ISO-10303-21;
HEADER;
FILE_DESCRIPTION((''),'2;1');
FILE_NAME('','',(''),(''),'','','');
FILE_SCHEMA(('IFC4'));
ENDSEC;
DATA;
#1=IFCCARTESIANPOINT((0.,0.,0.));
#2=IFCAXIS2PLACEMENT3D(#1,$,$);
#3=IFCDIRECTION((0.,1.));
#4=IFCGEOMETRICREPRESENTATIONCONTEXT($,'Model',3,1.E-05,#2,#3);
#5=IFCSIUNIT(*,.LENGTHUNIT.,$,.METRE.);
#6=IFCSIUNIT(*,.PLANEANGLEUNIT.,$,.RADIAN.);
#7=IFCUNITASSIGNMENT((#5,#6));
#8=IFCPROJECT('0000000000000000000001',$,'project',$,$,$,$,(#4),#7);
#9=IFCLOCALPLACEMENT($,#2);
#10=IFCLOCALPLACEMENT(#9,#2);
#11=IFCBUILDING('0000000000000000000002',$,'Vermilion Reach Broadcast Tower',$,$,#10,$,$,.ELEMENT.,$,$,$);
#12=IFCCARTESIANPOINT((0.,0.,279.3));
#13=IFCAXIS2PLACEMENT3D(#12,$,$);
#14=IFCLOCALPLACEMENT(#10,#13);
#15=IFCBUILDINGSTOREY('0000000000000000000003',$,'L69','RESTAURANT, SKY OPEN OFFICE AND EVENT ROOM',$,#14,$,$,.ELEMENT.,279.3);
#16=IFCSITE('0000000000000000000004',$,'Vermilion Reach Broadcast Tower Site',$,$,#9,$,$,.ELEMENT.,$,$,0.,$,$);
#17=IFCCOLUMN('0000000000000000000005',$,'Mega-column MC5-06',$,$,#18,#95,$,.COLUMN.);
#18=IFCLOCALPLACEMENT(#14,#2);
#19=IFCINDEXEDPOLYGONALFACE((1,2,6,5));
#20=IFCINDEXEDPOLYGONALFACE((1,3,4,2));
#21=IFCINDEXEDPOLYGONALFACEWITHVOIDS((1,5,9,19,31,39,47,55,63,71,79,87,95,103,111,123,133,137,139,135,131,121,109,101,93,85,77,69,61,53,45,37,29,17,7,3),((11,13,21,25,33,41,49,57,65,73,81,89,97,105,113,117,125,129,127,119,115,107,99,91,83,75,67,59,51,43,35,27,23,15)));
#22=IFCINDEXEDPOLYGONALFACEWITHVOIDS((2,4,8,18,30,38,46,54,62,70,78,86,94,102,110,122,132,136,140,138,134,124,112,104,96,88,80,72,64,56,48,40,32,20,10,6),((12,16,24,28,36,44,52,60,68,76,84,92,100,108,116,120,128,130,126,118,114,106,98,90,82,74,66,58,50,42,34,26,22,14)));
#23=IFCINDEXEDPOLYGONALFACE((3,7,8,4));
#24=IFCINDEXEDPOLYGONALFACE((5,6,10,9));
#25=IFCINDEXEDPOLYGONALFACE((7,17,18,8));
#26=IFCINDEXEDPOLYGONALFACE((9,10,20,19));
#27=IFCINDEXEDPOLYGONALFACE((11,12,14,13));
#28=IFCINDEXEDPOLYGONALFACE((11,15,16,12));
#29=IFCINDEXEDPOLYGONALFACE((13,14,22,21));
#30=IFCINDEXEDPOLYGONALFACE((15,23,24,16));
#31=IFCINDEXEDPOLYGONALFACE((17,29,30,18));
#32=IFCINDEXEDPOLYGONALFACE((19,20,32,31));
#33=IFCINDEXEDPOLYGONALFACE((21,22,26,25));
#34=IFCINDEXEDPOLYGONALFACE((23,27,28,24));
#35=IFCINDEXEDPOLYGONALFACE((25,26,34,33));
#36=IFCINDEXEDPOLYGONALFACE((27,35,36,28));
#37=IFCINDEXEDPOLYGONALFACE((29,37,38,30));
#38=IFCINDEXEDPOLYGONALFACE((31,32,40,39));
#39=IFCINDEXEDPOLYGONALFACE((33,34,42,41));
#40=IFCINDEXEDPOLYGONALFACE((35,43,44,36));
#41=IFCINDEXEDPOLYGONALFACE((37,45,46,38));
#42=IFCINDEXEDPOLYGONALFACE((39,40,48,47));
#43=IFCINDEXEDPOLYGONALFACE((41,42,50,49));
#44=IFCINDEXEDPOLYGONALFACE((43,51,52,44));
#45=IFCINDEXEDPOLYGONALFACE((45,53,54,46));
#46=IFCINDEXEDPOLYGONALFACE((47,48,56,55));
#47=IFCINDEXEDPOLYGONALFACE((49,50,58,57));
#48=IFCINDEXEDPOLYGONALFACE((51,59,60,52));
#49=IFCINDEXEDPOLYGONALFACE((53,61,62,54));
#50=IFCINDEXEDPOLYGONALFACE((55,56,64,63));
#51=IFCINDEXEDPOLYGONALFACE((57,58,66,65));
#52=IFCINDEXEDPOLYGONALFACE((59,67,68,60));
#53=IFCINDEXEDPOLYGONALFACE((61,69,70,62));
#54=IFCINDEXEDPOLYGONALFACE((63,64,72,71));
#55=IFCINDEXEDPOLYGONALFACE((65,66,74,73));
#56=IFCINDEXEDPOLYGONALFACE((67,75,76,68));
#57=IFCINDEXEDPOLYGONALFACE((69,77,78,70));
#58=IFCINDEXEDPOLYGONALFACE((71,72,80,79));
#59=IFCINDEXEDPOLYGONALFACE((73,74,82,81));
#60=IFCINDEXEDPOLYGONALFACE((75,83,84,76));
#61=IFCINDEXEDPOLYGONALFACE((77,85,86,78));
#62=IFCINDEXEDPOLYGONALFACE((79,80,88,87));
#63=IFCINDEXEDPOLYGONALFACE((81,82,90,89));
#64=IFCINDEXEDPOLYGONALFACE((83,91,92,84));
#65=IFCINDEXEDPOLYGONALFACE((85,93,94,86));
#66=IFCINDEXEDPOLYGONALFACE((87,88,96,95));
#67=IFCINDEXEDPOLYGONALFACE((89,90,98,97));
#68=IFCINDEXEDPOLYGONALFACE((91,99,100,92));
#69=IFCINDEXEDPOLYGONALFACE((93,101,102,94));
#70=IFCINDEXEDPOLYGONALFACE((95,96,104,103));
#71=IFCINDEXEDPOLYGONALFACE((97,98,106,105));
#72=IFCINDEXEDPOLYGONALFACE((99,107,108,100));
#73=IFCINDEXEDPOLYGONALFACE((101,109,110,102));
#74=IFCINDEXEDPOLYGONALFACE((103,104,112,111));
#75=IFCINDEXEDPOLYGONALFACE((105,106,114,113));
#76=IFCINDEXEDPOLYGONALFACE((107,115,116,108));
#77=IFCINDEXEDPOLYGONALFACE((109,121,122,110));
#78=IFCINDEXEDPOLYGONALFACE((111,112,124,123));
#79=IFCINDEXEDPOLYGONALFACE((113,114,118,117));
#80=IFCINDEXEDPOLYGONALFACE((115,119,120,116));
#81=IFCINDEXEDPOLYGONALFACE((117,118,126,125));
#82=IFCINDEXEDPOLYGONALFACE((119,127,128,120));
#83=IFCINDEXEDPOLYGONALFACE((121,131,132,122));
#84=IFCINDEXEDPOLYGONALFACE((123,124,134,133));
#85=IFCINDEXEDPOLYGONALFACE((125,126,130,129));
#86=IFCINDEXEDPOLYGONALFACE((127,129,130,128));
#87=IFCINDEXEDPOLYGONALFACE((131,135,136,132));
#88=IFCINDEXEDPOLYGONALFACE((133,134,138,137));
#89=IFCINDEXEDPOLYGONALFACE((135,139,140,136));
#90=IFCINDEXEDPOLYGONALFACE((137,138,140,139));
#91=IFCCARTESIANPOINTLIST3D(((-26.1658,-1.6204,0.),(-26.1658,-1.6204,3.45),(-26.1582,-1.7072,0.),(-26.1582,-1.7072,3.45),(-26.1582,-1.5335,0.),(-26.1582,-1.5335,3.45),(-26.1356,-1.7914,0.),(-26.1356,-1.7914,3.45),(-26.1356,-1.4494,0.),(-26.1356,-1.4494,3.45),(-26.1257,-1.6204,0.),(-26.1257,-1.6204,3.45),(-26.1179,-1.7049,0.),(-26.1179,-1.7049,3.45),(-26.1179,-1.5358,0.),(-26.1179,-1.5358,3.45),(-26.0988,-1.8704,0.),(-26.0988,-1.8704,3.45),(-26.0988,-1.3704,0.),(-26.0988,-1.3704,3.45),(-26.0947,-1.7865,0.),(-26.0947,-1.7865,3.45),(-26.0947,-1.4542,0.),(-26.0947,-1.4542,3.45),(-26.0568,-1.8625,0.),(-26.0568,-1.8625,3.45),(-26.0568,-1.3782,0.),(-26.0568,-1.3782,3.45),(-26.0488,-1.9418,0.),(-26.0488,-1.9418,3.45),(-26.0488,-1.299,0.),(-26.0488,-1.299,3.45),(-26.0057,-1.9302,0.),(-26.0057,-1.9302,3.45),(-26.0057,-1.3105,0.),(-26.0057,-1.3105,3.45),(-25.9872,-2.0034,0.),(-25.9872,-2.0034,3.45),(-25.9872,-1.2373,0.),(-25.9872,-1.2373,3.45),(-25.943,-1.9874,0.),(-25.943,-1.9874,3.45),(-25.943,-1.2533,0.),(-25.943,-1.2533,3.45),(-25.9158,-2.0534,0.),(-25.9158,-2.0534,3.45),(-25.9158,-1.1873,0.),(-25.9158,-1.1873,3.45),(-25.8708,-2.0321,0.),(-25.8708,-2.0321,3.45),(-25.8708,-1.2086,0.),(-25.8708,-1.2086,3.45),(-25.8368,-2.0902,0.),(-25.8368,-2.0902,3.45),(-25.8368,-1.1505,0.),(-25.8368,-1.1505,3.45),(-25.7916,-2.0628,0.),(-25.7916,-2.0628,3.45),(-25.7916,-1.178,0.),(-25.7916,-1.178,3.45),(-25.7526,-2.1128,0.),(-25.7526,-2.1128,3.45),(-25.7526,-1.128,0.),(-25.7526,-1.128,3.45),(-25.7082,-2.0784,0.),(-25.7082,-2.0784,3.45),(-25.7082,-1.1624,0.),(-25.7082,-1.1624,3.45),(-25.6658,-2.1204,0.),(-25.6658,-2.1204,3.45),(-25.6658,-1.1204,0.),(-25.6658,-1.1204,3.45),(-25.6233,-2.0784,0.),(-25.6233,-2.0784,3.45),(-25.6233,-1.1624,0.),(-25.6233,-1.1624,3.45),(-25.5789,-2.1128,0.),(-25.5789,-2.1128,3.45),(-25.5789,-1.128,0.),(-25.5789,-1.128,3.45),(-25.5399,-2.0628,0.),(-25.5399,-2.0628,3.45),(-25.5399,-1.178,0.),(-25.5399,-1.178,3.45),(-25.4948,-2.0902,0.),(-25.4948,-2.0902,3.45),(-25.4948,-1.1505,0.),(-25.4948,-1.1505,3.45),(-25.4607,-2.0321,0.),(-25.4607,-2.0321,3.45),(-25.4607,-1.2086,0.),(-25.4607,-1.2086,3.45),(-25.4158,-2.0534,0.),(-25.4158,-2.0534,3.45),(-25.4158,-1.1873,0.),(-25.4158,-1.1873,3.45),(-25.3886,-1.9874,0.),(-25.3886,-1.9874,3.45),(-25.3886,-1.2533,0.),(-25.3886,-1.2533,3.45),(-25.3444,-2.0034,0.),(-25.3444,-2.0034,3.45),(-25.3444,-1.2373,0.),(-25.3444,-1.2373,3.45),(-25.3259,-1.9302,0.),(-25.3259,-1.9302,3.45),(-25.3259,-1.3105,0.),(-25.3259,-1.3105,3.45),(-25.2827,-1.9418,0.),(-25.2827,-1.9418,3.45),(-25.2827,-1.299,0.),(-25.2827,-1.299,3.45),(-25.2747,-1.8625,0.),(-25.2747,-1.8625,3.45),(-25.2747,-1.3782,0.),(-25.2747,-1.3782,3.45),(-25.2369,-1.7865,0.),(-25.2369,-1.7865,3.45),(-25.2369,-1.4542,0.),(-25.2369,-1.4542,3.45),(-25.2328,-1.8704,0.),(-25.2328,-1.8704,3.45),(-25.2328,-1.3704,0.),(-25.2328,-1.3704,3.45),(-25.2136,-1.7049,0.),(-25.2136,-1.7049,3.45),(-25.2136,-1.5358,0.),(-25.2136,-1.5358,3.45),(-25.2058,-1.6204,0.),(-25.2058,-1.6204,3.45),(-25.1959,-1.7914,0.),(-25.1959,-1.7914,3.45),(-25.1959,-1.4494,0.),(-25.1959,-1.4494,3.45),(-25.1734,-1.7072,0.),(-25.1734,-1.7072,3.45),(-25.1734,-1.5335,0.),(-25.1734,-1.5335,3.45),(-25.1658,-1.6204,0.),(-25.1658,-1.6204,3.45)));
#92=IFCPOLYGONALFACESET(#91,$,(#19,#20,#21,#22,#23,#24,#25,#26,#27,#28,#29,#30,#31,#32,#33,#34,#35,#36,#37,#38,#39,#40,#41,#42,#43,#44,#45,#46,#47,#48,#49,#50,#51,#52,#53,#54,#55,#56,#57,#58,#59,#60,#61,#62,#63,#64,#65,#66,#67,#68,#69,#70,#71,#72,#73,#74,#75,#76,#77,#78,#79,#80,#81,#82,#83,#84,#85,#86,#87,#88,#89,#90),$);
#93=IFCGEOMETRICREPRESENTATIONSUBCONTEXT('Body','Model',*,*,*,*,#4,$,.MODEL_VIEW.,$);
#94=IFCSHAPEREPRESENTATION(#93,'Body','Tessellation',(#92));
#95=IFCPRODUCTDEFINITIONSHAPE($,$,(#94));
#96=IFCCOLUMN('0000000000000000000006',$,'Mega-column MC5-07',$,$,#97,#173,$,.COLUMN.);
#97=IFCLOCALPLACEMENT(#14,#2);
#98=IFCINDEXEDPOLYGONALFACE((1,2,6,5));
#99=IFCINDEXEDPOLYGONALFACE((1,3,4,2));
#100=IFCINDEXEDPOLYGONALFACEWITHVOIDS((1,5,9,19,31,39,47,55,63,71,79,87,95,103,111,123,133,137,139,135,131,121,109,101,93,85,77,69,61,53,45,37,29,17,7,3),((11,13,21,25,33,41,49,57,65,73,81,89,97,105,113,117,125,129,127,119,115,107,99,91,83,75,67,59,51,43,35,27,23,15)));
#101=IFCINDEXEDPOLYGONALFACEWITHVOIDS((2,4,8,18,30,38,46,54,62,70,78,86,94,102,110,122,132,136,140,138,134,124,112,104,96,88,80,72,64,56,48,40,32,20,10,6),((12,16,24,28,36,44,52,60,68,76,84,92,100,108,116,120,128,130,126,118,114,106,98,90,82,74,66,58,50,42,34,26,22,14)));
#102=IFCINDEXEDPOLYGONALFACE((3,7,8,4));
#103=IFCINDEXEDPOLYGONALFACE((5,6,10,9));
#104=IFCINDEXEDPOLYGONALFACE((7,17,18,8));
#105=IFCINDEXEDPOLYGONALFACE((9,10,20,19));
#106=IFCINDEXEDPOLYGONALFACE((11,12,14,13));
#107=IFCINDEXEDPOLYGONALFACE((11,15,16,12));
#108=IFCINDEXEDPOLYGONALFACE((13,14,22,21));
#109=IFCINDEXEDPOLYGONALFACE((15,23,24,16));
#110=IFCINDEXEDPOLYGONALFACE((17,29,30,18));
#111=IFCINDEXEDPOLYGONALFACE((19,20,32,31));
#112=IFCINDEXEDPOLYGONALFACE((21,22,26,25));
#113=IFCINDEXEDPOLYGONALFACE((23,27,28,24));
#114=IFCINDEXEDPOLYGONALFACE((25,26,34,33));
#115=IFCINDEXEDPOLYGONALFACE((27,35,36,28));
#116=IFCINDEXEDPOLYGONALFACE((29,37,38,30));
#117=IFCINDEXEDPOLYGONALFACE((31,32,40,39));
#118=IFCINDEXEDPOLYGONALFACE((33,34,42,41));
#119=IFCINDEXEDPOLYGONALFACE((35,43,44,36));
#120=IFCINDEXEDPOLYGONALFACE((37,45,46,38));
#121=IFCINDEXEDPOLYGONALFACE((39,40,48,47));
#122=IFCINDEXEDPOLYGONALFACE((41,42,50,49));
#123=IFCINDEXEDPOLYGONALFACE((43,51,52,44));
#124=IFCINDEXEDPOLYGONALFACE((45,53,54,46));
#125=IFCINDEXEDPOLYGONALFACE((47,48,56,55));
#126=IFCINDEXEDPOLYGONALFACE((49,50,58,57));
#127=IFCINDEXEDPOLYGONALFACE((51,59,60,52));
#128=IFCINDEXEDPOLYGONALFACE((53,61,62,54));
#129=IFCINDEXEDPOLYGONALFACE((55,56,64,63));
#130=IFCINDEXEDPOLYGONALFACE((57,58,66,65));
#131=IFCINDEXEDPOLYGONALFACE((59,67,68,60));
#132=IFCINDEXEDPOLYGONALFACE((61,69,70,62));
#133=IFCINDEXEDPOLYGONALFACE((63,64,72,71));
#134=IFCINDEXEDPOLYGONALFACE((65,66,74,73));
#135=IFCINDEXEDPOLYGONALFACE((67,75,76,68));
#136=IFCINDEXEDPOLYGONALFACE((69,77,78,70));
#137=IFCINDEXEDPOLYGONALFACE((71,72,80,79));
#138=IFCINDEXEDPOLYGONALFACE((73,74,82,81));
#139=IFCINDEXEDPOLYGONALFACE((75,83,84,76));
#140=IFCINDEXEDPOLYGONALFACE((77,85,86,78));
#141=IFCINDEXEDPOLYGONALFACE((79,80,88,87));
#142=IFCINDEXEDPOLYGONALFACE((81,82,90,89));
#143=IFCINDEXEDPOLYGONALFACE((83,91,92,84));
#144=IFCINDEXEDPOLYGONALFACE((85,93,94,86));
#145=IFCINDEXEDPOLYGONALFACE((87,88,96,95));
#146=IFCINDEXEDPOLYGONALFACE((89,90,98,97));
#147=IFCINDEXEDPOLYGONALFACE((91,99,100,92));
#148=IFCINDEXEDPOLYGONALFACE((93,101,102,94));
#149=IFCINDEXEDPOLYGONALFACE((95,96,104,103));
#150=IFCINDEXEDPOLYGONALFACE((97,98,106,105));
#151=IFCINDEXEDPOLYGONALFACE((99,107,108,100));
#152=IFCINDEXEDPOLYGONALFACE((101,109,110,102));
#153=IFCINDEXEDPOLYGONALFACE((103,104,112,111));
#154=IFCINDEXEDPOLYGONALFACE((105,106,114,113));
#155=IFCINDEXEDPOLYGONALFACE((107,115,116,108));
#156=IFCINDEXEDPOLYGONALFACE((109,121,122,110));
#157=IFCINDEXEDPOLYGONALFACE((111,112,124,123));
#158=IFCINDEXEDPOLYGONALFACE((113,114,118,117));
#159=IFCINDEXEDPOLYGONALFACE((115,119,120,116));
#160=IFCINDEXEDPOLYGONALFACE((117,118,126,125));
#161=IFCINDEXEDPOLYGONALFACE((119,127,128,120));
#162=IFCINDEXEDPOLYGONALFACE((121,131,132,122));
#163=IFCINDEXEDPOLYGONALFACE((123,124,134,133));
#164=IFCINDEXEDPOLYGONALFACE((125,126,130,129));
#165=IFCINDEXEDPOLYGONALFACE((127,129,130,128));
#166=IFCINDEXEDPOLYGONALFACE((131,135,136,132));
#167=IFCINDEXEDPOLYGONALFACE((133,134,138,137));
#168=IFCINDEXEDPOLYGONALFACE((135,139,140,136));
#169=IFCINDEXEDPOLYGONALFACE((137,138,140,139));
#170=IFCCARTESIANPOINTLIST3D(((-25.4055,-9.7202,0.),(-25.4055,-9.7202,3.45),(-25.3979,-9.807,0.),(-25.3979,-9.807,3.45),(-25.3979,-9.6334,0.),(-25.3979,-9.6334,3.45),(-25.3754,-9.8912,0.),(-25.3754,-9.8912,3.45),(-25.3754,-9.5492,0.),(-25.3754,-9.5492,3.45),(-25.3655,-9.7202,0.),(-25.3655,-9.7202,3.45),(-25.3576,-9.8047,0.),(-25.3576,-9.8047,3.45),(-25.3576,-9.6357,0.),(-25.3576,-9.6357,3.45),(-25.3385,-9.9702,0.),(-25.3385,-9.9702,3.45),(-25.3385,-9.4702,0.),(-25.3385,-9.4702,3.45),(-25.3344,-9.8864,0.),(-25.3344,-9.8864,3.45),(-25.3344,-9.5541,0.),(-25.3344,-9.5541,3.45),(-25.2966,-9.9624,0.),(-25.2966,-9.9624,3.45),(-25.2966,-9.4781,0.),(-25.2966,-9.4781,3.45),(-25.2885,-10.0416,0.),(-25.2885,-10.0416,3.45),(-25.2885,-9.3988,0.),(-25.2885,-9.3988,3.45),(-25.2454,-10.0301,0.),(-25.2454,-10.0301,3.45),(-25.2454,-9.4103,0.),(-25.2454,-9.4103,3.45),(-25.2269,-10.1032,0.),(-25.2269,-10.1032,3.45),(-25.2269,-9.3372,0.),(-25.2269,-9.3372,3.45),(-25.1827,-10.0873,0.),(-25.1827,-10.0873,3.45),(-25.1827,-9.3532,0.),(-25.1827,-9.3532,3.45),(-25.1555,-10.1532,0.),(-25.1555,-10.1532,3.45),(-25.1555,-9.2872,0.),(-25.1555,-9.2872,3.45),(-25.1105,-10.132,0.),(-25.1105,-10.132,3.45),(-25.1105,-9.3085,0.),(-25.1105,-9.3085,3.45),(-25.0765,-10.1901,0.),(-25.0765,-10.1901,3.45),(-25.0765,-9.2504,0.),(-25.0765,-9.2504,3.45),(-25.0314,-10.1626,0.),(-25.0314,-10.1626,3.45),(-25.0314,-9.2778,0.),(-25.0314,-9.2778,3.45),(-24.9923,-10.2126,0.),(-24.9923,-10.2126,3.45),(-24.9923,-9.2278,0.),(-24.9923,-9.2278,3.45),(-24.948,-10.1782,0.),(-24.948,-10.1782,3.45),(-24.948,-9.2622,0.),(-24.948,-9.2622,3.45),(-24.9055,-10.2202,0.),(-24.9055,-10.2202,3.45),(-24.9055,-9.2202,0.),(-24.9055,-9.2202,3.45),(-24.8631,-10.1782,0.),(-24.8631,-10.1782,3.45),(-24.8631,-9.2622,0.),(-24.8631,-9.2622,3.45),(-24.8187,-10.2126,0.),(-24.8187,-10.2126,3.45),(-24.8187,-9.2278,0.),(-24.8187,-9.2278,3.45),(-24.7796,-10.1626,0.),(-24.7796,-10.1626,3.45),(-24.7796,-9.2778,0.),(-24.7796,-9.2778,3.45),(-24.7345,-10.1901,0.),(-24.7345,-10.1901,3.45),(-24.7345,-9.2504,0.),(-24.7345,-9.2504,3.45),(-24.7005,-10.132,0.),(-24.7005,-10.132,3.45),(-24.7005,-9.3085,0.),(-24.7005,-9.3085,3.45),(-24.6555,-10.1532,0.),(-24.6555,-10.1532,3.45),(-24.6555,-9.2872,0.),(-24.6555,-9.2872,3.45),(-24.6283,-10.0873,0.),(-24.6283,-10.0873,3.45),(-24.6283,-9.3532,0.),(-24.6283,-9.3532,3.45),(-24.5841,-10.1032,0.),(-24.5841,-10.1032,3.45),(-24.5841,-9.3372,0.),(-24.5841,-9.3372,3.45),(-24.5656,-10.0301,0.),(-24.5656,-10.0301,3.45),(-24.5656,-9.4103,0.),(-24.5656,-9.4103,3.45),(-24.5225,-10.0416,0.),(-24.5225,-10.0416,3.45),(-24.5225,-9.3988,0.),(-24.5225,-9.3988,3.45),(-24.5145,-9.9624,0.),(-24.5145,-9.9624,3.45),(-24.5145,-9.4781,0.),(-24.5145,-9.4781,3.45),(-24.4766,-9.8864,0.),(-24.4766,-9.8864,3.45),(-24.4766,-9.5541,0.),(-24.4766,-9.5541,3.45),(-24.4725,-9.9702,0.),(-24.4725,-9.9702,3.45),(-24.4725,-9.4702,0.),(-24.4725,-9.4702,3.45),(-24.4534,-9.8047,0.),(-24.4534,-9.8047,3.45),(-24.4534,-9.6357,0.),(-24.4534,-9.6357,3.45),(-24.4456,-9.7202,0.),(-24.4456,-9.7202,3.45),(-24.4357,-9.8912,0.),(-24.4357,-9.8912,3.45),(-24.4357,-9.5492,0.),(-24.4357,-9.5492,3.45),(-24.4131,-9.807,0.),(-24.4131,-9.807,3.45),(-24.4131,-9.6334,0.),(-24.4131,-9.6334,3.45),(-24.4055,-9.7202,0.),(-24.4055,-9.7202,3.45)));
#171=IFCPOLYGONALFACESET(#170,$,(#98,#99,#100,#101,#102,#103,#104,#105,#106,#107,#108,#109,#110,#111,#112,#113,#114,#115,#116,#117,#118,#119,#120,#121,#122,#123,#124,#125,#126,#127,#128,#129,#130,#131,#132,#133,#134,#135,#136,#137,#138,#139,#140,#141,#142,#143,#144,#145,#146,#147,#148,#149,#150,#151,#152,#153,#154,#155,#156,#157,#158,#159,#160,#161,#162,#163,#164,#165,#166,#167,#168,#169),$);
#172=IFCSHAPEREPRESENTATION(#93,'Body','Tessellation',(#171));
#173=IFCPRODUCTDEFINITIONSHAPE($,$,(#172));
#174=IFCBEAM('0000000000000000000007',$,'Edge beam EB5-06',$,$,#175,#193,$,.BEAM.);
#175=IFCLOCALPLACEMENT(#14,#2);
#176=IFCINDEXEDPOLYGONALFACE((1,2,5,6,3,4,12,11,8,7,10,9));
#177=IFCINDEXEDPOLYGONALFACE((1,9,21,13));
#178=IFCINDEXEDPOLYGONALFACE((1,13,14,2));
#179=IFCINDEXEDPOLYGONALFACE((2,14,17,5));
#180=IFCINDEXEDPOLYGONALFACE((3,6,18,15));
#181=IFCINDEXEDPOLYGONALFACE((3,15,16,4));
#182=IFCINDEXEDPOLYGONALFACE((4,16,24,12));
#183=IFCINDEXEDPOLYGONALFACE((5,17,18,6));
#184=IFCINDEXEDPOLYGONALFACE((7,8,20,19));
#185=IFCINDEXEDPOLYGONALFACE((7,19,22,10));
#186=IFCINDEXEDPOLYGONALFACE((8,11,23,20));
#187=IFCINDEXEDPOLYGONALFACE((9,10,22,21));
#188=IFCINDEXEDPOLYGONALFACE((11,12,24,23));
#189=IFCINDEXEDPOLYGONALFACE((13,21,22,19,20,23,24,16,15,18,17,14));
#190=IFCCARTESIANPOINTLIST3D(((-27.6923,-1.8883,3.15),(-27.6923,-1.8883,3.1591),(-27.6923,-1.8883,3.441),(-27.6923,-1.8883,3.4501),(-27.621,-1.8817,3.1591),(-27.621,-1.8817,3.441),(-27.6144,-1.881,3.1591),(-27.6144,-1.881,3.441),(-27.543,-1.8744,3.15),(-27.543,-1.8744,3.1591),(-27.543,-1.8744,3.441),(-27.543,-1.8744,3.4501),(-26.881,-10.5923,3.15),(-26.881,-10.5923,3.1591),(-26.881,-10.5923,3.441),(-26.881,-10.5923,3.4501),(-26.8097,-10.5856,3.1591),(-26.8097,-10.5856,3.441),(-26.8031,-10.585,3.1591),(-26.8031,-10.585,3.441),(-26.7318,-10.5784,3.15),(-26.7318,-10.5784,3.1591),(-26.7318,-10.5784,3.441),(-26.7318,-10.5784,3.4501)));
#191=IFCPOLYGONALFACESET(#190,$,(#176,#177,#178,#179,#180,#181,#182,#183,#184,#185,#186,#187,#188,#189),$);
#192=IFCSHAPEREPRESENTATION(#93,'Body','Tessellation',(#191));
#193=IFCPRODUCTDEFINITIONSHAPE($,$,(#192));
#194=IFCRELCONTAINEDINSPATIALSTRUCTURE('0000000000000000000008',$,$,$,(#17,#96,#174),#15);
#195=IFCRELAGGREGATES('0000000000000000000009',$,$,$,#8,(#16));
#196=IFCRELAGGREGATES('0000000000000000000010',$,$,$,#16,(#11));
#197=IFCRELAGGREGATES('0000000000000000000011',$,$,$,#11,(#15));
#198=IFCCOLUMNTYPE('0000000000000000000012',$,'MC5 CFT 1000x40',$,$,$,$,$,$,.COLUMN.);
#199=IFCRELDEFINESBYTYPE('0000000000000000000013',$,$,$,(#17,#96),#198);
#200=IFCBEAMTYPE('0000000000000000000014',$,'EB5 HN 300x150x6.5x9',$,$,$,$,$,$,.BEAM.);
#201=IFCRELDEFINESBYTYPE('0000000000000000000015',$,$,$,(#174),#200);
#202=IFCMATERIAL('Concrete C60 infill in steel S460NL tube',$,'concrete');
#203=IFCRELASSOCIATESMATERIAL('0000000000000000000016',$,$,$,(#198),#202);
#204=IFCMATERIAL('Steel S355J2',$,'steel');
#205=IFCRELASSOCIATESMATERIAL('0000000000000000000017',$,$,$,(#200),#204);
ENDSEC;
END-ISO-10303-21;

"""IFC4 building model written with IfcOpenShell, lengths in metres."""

from ifc_helpers import new_model, si_unit, direction, frame, origin, origin_2d, place, context, subcontext, project, spatial, hollow_circle, i_section, extrude, material, material_profile, profile_set, type_object, element, save


model = new_model("IFC4")

# Units and contexts
model_context = context("Model", 3, precision=1e-05, world=origin(), true_north=direction((0.0, 1.0)))
body_context = subcontext(model_context, "Body", "Model", "MODEL_VIEW")
ifc_project = project(units=[si_unit("LENGTHUNIT", "METRE"), si_unit("PLANEANGLEUNIT", "RADIAN")], contexts=[model_context])

# Site, building, storey
site_placement = place(None, origin())
site = spatial("IfcSite", under=ifc_project, at=site_placement, Name="Vermilion Reach Broadcast Tower Site", CompositionType="ELEMENT", RefElevation=0.0)
building_placement = place(site_placement, origin())
building = spatial("IfcBuilding", under=site, at=building_placement, Name="Vermilion Reach Broadcast Tower", CompositionType="ELEMENT")
storey_placement = place(building_placement, frame((0.0, 0.0, 279.3)))
storey = spatial("IfcBuildingStorey", under=building, at=storey_placement, Name="L69", Description="RESTAURANT, SKY OPEN OFFICE AND EVENT ROOM", CompositionType="ELEMENT", Elevation=279.3)

# Columns
ifc_material_1 = material(Name="Concrete C60 infill in steel S460NL tube", Category="concrete")
ifc_material_profile_1 = material_profile(ifc_material_1, hollow_circle(Radius=0.5, WallThickness=0.04, at=origin_2d()), Name="Concrete C60 infill in steel S460NL tube CFT 1000x40")
ifc_profile_set_1 = profile_set([ifc_material_profile_1], Name="Concrete C60 infill in steel S460NL tube")
column_type = type_object("IfcColumnType", Name="MC5 CFT 1000x40", PredefinedType="COLUMN", material=ifc_profile_set_1)
for number, where, z_axis, x_axis, name in (
    (1, (-25.6658, -1.6204, 0.0), (0.0, 0.0, 1.0), (1.0, 0.0, 0.0), "Mega-column MC5-06"),
    (2, (-24.9055, -9.7202, 0.0), (0.0, 0.0, 1.0), (1.0, 0.0, 0.0), "Mega-column MC5-07"),
):
    element("IfcColumn", number, at=place(storey_placement, frame(where, z_axis=z_axis, x_axis=x_axis)), inside=storey, type_object=column_type, Name=name, PredefinedType="COLUMN", context=body_context, shape_type="SweptSolid", body=[
        extrude(hollow_circle(Radius=0.5, WallThickness=0.04, at=origin_2d()), origin(), (0.0, 0.0, 1.0), 3.45),
    ])

# Beam
ifc_material_2 = material(Name="Steel S355J2", Category="steel")
ifc_material_profile_2 = material_profile(ifc_material_2, i_section(OverallWidth=0.1499, OverallDepth=0.3, WebThickness=0.0066, FlangeThickness=0.009, at=origin_2d()), Name="S355J2 HN 300x150x6.5x9")
ifc_profile_set_2 = profile_set([ifc_material_profile_2], Name="Steel S355J2")
beam_type_1 = type_object("IfcBeamType", Name="EB5 HN 300x150x6.5x9", PredefinedType="BEAM", material=ifc_profile_set_2)
beam_1_placement = place(storey_placement, frame((-27.6177, -1.8813, 3.3), z_axis=(0.092807, -0.995684, 0.0), x_axis=(0.995684, 0.092807, 0.0)))
element("IfcBeam", 3, at=beam_1_placement, inside=storey, type_object=beam_type_1, Name="Edge beam EB5-06", PredefinedType="BEAM", context=body_context, shape_type="SweptSolid", body=[
    extrude(i_section(OverallWidth=0.1499, OverallDepth=0.3, WebThickness=0.0066, FlangeThickness=0.009, at=origin_2d()), origin(), (0.0, 0.0, 1.0), 8.7417),
])

save(model, "model.ifc")
